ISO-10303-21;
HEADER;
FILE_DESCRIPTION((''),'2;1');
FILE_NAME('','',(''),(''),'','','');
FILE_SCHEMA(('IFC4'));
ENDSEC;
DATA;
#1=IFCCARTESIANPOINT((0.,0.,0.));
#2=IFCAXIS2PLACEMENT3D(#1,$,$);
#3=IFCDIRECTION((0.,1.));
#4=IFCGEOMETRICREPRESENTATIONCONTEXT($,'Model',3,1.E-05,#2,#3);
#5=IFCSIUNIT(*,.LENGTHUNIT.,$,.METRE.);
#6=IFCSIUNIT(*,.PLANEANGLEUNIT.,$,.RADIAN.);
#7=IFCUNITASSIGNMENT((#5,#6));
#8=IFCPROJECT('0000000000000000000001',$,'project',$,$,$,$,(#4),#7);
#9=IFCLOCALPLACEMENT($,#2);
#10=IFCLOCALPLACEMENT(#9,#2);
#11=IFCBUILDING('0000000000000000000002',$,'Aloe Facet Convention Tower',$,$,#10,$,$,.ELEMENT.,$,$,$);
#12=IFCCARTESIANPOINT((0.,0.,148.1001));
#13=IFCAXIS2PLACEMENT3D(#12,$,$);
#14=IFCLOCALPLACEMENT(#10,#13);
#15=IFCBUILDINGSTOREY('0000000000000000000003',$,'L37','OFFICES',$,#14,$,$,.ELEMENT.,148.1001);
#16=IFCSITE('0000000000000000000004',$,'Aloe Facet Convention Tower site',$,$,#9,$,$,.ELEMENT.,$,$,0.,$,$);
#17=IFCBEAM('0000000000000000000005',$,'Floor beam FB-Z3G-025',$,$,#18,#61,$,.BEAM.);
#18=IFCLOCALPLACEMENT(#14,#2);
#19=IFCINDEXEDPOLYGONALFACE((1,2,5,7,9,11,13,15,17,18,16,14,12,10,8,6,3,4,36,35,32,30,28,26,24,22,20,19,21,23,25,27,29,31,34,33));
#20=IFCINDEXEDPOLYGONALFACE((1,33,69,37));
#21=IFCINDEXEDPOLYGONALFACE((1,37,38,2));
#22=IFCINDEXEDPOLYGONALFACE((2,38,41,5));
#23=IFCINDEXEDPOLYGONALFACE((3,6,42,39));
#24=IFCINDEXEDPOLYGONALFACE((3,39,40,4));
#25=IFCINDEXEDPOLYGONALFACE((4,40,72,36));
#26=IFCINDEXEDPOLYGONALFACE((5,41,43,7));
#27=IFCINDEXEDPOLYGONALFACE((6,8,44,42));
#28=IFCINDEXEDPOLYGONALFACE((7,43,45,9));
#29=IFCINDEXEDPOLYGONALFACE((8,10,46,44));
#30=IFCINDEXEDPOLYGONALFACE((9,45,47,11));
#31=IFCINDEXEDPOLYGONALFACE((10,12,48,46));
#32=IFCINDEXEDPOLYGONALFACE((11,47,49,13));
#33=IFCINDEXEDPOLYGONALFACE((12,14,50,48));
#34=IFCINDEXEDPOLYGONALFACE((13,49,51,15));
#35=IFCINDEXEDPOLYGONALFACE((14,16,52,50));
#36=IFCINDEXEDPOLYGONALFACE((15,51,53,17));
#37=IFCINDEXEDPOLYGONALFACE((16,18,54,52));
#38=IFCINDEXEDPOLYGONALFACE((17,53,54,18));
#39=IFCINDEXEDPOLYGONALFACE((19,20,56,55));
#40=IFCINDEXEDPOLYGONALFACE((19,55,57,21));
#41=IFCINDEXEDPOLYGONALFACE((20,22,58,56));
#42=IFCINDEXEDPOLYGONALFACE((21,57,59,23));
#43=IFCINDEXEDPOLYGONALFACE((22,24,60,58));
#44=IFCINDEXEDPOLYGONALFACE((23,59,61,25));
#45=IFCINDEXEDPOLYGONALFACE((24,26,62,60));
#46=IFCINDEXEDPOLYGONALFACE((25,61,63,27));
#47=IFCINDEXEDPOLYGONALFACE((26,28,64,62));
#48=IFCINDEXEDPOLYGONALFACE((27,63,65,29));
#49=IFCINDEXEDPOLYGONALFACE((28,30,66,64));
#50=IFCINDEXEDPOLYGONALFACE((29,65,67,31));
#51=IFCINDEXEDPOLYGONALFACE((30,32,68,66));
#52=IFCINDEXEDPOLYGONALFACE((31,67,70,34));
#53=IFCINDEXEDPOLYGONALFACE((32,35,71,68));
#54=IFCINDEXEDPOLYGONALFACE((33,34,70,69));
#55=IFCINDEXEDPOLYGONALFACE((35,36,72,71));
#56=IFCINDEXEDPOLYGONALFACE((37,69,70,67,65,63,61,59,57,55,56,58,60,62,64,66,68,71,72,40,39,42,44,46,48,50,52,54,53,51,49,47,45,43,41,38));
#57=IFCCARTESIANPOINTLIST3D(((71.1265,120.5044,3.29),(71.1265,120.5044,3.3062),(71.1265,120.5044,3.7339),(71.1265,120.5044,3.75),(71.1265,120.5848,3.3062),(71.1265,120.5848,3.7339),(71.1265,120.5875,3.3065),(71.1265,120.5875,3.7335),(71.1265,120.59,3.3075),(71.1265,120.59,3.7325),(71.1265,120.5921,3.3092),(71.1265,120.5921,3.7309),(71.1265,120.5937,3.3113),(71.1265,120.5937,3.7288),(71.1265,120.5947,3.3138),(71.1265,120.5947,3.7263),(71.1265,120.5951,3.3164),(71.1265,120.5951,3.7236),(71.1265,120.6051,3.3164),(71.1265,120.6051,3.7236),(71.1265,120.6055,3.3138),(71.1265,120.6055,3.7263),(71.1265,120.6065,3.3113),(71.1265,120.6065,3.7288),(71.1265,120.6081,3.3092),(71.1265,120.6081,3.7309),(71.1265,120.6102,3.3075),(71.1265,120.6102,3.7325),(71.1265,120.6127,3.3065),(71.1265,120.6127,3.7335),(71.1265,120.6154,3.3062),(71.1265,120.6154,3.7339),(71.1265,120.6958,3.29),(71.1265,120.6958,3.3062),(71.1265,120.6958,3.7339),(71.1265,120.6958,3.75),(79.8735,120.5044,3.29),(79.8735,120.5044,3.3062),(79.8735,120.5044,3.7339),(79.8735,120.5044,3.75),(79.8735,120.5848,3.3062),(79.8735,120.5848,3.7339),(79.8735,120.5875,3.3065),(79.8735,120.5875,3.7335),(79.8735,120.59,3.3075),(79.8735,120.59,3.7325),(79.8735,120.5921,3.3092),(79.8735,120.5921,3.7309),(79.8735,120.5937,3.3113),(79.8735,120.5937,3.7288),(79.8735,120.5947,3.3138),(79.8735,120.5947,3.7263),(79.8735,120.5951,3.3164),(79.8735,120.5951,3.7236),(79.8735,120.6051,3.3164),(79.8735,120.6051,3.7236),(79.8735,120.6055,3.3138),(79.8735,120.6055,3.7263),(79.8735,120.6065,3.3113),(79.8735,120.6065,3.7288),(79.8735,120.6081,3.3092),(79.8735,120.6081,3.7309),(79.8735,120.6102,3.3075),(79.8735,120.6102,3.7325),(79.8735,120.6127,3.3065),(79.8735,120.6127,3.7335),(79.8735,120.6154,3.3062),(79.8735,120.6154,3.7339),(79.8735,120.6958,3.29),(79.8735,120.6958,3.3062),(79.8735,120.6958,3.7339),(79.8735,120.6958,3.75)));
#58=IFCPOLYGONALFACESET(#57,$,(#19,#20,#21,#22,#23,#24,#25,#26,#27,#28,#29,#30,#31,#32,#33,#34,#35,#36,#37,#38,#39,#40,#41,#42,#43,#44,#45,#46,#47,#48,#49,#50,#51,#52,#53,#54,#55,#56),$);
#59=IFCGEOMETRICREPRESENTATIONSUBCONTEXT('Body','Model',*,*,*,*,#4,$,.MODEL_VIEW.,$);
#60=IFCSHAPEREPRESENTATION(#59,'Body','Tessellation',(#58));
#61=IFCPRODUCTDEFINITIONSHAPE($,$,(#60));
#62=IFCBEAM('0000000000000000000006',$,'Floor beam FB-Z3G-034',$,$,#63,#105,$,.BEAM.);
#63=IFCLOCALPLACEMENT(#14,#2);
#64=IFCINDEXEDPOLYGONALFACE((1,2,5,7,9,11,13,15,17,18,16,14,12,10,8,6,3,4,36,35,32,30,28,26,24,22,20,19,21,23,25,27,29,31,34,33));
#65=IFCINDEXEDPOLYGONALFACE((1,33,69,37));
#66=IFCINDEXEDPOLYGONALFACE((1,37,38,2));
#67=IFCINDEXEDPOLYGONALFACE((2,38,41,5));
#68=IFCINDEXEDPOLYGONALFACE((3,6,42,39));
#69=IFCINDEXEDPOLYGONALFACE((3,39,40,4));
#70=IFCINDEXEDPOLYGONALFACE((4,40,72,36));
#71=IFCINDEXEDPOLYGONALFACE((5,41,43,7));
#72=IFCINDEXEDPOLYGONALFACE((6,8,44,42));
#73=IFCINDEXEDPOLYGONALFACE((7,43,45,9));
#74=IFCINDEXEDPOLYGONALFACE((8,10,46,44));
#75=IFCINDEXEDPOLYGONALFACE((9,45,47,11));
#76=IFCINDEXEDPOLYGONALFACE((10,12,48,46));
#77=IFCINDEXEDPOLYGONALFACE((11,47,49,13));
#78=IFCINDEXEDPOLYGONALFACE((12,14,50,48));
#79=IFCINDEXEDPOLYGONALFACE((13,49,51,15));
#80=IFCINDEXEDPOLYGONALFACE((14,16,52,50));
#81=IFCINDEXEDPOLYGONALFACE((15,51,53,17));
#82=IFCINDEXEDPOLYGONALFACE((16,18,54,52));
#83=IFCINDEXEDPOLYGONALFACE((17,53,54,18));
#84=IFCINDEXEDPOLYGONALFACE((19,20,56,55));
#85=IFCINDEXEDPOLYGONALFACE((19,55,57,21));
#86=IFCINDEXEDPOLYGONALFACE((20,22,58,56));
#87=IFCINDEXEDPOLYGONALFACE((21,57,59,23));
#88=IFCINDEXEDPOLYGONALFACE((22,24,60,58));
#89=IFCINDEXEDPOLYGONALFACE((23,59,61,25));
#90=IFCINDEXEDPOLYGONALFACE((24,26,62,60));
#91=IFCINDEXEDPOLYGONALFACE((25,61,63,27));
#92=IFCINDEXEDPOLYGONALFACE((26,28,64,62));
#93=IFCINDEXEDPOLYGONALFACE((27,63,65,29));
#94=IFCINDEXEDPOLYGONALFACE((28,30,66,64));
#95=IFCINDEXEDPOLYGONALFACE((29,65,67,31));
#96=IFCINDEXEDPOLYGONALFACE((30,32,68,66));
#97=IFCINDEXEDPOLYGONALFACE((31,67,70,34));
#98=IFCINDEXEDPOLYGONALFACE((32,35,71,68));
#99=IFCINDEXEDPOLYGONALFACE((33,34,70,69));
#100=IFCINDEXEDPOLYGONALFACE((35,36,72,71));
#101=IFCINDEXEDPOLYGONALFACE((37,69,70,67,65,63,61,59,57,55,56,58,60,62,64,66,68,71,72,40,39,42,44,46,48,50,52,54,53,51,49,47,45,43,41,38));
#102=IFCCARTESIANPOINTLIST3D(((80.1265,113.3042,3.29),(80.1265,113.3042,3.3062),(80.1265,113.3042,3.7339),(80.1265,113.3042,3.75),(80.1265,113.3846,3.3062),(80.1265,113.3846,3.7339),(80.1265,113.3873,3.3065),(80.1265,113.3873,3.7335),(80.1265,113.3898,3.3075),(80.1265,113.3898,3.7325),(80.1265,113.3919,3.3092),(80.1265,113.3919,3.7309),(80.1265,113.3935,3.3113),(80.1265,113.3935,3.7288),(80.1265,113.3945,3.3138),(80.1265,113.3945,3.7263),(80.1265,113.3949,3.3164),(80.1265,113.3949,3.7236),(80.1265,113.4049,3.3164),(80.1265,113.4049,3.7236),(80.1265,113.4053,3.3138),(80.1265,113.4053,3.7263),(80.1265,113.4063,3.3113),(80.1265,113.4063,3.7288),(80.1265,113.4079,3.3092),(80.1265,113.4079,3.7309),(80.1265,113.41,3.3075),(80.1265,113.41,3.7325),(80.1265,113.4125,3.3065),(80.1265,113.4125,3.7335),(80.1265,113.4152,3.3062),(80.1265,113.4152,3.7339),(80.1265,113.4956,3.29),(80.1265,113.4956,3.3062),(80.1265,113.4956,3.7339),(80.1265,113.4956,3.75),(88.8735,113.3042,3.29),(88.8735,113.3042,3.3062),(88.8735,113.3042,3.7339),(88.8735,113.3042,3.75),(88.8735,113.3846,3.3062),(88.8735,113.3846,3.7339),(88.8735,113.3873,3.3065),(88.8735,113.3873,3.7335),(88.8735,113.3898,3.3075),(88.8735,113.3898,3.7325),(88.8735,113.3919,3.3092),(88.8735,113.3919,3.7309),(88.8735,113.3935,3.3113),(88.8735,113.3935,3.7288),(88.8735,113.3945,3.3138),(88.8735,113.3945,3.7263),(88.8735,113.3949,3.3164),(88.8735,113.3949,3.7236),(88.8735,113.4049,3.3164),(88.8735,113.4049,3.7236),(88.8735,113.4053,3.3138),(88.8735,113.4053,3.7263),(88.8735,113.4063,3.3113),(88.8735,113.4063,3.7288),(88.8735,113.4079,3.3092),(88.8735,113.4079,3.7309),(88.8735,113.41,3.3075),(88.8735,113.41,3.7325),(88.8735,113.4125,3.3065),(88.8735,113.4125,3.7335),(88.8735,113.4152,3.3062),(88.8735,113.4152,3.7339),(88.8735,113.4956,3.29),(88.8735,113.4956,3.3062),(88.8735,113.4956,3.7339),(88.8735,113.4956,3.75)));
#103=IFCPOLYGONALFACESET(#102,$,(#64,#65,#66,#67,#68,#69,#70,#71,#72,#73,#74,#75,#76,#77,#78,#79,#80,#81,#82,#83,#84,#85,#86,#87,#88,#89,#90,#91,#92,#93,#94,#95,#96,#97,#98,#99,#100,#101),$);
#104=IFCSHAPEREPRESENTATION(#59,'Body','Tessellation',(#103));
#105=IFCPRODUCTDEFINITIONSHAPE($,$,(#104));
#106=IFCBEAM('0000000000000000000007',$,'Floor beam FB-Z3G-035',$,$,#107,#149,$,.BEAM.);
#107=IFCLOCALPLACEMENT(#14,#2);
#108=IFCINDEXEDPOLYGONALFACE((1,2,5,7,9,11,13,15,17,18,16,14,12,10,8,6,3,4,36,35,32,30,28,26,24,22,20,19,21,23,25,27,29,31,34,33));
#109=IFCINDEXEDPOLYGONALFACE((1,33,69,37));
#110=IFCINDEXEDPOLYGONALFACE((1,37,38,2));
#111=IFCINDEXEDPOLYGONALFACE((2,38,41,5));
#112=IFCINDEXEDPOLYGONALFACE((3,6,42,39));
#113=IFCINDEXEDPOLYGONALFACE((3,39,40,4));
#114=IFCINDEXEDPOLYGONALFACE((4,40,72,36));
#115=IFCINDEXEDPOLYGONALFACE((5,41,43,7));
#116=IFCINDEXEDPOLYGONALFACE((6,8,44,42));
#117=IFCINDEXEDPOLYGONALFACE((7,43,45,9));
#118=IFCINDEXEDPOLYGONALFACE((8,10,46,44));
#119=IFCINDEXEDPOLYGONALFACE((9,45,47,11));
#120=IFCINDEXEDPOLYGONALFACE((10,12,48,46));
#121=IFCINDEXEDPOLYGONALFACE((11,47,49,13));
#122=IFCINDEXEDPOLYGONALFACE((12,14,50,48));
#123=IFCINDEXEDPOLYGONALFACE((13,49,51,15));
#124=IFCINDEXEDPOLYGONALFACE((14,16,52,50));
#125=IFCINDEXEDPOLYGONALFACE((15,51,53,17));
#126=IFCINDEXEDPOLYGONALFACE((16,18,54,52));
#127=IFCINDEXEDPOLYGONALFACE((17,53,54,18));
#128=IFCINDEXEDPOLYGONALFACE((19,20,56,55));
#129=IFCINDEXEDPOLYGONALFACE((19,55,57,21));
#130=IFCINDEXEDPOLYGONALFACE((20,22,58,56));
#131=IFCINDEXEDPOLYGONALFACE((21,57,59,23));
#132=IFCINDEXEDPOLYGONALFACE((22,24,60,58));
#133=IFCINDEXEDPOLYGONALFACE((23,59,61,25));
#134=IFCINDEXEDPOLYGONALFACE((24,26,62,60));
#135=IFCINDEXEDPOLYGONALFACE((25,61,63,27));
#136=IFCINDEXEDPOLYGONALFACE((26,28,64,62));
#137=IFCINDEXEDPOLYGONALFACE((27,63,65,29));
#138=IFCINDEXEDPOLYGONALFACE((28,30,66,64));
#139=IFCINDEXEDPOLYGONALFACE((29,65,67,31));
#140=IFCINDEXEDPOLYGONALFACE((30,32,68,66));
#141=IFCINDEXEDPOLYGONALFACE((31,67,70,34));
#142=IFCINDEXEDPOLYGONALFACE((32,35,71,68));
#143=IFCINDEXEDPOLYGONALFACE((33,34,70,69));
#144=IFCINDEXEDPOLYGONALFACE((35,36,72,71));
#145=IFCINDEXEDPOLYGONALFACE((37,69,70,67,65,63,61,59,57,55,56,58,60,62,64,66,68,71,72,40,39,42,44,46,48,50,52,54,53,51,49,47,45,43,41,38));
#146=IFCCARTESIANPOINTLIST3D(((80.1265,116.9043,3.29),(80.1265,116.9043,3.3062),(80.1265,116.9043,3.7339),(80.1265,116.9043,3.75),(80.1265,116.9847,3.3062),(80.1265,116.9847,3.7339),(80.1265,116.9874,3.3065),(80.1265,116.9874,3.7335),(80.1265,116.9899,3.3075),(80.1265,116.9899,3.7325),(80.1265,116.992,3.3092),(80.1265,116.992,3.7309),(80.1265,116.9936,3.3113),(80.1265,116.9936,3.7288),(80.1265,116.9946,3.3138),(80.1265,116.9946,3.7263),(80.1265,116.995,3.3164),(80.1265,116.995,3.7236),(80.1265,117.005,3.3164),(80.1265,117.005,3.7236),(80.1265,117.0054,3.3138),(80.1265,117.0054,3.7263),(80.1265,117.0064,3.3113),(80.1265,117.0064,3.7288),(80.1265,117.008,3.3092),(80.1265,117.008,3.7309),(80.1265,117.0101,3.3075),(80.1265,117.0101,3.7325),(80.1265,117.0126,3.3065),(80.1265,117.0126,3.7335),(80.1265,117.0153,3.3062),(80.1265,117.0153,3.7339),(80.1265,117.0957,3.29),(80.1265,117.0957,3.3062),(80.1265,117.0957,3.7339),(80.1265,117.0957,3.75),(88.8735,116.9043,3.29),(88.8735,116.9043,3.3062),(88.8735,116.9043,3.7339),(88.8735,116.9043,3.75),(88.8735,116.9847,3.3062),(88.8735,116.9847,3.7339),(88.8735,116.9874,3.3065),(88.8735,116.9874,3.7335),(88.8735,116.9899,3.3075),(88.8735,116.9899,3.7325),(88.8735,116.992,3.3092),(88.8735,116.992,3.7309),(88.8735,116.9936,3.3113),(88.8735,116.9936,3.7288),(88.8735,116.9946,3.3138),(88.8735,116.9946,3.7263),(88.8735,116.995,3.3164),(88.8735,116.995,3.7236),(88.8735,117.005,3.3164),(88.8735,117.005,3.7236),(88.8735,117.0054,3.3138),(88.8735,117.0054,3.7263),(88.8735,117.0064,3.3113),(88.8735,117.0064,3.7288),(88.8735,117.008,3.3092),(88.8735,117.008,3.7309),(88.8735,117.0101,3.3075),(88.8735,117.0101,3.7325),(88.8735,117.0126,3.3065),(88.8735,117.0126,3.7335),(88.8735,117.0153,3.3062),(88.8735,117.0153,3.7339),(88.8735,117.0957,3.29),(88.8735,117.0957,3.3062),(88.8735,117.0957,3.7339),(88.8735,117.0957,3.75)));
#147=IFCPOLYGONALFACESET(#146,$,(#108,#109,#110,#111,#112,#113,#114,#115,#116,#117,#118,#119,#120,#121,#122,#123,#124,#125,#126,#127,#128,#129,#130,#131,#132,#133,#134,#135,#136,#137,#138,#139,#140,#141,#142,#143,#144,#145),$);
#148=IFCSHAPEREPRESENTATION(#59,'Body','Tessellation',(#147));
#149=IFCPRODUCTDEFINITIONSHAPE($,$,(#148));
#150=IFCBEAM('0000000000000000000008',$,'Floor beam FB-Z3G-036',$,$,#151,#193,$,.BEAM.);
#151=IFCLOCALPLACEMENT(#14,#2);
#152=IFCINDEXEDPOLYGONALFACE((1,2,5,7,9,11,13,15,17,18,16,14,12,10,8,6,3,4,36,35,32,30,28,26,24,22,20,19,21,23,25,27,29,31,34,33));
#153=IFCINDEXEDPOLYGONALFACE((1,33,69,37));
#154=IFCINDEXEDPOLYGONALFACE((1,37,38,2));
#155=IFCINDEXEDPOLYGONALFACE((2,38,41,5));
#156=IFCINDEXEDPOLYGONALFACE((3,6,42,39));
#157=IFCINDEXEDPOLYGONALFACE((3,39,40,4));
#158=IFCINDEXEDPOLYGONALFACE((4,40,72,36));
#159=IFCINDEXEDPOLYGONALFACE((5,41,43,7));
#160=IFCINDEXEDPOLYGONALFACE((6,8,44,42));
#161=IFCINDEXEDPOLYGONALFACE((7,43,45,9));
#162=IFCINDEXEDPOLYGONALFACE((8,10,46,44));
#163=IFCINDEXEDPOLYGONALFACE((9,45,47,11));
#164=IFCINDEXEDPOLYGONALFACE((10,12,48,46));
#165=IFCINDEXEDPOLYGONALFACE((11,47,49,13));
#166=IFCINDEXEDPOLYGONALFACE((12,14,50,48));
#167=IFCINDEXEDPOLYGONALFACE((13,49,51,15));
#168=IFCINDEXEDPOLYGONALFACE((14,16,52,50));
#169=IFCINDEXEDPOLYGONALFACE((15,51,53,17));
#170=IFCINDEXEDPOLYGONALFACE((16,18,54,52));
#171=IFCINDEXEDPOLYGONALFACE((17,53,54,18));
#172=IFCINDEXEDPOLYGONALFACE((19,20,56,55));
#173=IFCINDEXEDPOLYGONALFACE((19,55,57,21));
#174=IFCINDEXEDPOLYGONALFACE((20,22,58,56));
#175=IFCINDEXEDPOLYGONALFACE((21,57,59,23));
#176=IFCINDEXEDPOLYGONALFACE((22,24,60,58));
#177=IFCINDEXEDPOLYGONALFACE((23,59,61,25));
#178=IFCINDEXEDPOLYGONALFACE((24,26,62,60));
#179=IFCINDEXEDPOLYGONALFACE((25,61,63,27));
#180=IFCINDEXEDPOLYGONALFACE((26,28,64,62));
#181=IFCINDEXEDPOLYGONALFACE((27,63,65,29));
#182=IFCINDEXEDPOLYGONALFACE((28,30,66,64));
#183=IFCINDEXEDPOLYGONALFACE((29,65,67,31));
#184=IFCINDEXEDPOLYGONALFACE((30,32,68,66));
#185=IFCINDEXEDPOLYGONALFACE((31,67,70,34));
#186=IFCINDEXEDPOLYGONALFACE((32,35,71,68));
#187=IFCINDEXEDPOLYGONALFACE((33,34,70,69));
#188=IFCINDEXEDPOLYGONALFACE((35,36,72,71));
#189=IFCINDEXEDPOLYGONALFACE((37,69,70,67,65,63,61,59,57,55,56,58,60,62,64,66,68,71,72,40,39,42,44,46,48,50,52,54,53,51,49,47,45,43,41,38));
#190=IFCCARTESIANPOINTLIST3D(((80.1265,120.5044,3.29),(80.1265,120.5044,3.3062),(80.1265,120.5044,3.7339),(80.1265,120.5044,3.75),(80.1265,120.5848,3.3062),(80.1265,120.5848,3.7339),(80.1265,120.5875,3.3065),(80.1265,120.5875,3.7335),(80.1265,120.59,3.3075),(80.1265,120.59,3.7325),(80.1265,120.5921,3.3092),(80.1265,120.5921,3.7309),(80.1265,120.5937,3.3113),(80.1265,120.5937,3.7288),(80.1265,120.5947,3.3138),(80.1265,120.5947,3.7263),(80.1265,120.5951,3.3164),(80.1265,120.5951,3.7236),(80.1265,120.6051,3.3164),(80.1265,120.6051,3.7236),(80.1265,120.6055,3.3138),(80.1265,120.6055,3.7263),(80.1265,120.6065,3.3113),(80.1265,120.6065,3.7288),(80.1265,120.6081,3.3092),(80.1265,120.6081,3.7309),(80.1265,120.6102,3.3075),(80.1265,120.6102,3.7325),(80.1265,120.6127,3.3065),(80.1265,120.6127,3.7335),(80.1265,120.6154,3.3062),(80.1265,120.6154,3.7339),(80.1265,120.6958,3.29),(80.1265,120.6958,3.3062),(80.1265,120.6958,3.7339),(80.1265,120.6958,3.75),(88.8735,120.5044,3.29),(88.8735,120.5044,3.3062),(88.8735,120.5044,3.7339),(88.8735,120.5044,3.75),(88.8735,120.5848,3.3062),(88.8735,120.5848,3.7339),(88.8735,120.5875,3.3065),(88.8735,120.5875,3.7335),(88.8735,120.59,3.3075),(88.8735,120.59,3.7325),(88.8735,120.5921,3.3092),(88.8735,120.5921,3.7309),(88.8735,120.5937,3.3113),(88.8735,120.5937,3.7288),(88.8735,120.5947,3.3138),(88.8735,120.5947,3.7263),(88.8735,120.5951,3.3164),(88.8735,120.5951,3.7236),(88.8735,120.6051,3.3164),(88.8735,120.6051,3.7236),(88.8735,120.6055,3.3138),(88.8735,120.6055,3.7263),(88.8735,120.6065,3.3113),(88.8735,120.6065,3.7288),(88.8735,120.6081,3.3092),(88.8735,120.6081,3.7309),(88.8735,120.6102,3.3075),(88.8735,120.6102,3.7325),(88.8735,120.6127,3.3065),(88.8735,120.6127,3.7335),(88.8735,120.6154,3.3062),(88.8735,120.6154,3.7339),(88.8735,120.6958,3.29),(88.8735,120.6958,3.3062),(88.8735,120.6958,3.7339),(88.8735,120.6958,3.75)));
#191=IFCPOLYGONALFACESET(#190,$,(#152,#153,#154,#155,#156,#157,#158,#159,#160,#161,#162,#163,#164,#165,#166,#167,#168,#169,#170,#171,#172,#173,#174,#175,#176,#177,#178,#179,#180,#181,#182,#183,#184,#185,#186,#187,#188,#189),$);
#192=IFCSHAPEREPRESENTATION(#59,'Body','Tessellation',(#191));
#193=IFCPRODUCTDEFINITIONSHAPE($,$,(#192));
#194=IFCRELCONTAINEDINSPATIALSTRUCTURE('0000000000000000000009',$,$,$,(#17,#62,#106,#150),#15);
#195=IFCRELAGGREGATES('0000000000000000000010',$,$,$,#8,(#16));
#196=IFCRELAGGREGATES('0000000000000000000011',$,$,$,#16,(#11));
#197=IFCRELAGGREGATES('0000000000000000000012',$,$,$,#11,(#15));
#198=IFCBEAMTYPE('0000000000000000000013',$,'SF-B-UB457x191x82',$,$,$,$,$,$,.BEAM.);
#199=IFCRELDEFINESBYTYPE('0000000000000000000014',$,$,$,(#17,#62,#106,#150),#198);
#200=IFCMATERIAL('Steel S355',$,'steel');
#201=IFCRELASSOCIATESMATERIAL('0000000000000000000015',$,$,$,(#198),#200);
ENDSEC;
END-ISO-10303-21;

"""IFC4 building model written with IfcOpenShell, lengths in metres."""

from ifc_helpers import new_model, si_unit, direction, frame, origin, origin_2d, place, context, subcontext, project, spatial, i_section, extrude, material, material_profile, profile_set, type_object, element, save


model = new_model("IFC4")

# Units and contexts
model_context = context("Model", 3, precision=1e-05, world=origin(), true_north=direction((0.0, 1.0)))
body_context = subcontext(model_context, "Body", "Model", "MODEL_VIEW")
ifc_project = project(units=[si_unit("LENGTHUNIT", "METRE"), si_unit("PLANEANGLEUNIT", "RADIAN")], contexts=[model_context])

# Site, building, storey
site_placement = place(None, origin())
site = spatial("IfcSite", under=ifc_project, at=site_placement, Name="Aloe Facet Convention Tower site", CompositionType="ELEMENT", RefElevation=0.0)
building_placement = place(site_placement, origin())
building = spatial("IfcBuilding", under=site, at=building_placement, Name="Aloe Facet Convention Tower", CompositionType="ELEMENT")
storey_placement = place(building_placement, frame((0.0, 0.0, 148.1001)))
storey = spatial("IfcBuildingStorey", under=building, at=storey_placement, Name="L37", Description="OFFICES", CompositionType="ELEMENT", Elevation=148.1001)

# Beams
ifc_material_1 = material(Name="Steel S355", Category="steel")
ifc_material_profile_1 = material_profile(ifc_material_1, i_section(OverallWidth=0.1914, OverallDepth=0.46, WebThickness=0.01, FlangeThickness=0.0161, FilletRadius=0.0103, at=origin_2d()), Name="UB 457x191x82")
ifc_profile_set_1 = profile_set([ifc_material_profile_1], Name="Steel S355")
beam_type_1 = type_object("IfcBeamType", Name="SF-B-UB457x191x82", PredefinedType="BEAM", material=ifc_profile_set_1)
for number, where, z_axis, x_axis, name in (
    (1, (71.1265, 120.6001, 3.52), (1.0, 0.0, 0.0), (0.0, 1.0, 0.0), "Floor beam FB-Z3G-025"),
    (2, (80.1265, 113.3999, 3.52), (1.0, 0.0, 0.0), (0.0, 1.0, 0.0), "Floor beam FB-Z3G-034"),
    (3, (80.1265, 117.0, 3.52), (1.0, 0.0, 0.0), (0.0, 1.0, 0.0), "Floor beam FB-Z3G-035"),
    (4, (80.1265, 120.6001, 3.52), (1.0, 0.0, 0.0), (0.0, 1.0, 0.0), "Floor beam FB-Z3G-036"),
):
    element("IfcBeam", number, at=place(storey_placement, frame(where, z_axis=z_axis, x_axis=x_axis)), inside=storey, type_object=beam_type_1, Name=name, PredefinedType="BEAM", context=body_context, shape_type="SweptSolid", body=[
        extrude(i_section(OverallWidth=0.1914, OverallDepth=0.46, WebThickness=0.01, FlangeThickness=0.0161, FilletRadius=0.0103, at=origin_2d()), origin(), (0.0, 0.0, 1.0), 8.7471),
    ])

save(model, "model.ifc")
